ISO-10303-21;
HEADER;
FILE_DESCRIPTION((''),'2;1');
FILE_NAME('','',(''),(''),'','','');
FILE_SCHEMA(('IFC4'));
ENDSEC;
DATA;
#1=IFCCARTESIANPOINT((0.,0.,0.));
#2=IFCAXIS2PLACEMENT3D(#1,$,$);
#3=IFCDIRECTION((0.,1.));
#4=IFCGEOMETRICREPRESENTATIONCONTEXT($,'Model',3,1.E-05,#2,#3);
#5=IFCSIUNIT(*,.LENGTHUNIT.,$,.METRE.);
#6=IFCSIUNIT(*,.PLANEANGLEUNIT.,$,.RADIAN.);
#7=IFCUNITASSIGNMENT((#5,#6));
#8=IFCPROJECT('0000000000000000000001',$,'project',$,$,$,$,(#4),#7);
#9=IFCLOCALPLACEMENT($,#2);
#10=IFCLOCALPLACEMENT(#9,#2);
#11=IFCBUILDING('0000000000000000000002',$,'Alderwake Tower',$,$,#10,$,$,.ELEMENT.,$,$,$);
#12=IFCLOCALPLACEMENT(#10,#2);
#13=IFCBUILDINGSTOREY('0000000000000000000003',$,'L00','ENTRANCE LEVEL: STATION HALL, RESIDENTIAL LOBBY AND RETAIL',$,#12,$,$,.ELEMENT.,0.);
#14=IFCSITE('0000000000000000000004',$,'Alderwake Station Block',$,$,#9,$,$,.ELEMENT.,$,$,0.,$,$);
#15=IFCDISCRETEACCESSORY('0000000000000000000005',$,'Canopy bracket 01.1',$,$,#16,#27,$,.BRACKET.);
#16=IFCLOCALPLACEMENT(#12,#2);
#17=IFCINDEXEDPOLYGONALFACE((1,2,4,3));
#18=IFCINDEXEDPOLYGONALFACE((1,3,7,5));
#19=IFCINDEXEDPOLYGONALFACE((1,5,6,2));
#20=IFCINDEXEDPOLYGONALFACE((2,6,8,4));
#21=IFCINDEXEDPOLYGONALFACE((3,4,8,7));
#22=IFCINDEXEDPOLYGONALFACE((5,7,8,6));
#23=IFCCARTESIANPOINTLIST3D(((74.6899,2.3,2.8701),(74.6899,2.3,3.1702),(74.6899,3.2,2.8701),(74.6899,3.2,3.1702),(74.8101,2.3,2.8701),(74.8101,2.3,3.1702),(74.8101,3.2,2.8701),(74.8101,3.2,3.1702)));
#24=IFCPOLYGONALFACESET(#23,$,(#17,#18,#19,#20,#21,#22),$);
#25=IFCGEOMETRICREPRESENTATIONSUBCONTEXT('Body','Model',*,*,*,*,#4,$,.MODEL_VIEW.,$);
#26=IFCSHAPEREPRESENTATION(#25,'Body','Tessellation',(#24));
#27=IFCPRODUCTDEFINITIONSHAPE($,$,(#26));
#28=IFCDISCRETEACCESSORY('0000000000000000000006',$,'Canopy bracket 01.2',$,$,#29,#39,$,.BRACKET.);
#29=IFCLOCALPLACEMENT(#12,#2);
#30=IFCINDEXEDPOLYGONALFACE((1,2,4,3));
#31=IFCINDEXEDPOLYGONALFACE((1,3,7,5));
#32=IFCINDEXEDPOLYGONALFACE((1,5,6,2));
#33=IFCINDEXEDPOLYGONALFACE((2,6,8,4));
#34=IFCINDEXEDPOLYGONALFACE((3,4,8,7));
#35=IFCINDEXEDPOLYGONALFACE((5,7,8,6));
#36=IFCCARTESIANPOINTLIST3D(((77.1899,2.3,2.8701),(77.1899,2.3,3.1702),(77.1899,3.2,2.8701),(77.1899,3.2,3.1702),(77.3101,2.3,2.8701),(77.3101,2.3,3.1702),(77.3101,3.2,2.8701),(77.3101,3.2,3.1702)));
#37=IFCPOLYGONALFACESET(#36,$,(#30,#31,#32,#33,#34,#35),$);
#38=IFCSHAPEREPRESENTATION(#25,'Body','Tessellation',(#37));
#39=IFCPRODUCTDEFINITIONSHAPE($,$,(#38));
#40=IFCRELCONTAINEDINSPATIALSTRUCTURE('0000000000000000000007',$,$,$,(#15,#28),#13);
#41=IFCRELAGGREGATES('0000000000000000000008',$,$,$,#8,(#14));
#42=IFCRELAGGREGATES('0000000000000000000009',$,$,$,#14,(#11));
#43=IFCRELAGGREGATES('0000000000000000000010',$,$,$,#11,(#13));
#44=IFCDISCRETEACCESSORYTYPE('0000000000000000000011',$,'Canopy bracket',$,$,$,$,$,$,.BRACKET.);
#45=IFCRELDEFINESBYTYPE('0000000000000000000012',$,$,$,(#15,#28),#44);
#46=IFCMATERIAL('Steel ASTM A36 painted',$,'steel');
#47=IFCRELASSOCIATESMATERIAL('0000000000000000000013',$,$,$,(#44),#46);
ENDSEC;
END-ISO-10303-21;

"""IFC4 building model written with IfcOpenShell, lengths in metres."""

from ifc_helpers import new_model, si_unit, direction, frame, origin, origin_2d, place, context, subcontext, project, spatial, rectangle, extrude, material, type_object, element, save


model = new_model("IFC4")

# Units and contexts
model_context = context("Model", 3, precision=1e-05, world=origin(), true_north=direction((0.0, 1.0)))
body_context = subcontext(model_context, "Body", "Model", "MODEL_VIEW")
ifc_project = project(units=[si_unit("LENGTHUNIT", "METRE"), si_unit("PLANEANGLEUNIT", "RADIAN")], contexts=[model_context])

# Site, building, storey
site_placement = place(None, origin())
site = spatial("IfcSite", under=ifc_project, at=site_placement, Name="Alderwake Station Block", CompositionType="ELEMENT", RefElevation=0.0)
building_placement = place(site_placement, origin())
building = spatial("IfcBuilding", under=site, at=building_placement, Name="Alderwake Tower", CompositionType="ELEMENT")
storey_placement = place(building_placement, origin())
storey = spatial("IfcBuildingStorey", under=building, at=storey_placement, Name="L00", Description="ENTRANCE LEVEL: STATION HALL, RESIDENTIAL LOBBY AND RETAIL", CompositionType="ELEMENT", Elevation=0.0)

# Discrete accessories
ifc_material_1 = material(Name="Steel ASTM A36 painted", Category="steel")
discrete_accessory_type = type_object("IfcDiscreteAccessoryType", Name="Canopy bracket", PredefinedType="BRACKET", material=ifc_material_1)
for number, where, z_axis, x_axis, name in (
    (1, (74.75, 2.75, 2.8701), (0.0, 0.0, 1.0), (0.0, 1.0, 0.0), "Canopy bracket 01.1"),
    (2, (77.25, 2.75, 2.8701), (0.0, 0.0, 1.0), (0.0, 1.0, 0.0), "Canopy bracket 01.2"),
):
    element("IfcDiscreteAccessory", number, at=place(storey_placement, frame(where, z_axis=z_axis, x_axis=x_axis)), inside=storey, type_object=discrete_accessory_type, Name=name, PredefinedType="BRACKET", context=body_context, shape_type="SweptSolid", body=[
        extrude(rectangle(XDim=0.8999, YDim=0.1201, at=origin_2d()), origin(), (0.0, 0.0, 1.0), 0.3),
    ])

save(model, "model.ifc")
